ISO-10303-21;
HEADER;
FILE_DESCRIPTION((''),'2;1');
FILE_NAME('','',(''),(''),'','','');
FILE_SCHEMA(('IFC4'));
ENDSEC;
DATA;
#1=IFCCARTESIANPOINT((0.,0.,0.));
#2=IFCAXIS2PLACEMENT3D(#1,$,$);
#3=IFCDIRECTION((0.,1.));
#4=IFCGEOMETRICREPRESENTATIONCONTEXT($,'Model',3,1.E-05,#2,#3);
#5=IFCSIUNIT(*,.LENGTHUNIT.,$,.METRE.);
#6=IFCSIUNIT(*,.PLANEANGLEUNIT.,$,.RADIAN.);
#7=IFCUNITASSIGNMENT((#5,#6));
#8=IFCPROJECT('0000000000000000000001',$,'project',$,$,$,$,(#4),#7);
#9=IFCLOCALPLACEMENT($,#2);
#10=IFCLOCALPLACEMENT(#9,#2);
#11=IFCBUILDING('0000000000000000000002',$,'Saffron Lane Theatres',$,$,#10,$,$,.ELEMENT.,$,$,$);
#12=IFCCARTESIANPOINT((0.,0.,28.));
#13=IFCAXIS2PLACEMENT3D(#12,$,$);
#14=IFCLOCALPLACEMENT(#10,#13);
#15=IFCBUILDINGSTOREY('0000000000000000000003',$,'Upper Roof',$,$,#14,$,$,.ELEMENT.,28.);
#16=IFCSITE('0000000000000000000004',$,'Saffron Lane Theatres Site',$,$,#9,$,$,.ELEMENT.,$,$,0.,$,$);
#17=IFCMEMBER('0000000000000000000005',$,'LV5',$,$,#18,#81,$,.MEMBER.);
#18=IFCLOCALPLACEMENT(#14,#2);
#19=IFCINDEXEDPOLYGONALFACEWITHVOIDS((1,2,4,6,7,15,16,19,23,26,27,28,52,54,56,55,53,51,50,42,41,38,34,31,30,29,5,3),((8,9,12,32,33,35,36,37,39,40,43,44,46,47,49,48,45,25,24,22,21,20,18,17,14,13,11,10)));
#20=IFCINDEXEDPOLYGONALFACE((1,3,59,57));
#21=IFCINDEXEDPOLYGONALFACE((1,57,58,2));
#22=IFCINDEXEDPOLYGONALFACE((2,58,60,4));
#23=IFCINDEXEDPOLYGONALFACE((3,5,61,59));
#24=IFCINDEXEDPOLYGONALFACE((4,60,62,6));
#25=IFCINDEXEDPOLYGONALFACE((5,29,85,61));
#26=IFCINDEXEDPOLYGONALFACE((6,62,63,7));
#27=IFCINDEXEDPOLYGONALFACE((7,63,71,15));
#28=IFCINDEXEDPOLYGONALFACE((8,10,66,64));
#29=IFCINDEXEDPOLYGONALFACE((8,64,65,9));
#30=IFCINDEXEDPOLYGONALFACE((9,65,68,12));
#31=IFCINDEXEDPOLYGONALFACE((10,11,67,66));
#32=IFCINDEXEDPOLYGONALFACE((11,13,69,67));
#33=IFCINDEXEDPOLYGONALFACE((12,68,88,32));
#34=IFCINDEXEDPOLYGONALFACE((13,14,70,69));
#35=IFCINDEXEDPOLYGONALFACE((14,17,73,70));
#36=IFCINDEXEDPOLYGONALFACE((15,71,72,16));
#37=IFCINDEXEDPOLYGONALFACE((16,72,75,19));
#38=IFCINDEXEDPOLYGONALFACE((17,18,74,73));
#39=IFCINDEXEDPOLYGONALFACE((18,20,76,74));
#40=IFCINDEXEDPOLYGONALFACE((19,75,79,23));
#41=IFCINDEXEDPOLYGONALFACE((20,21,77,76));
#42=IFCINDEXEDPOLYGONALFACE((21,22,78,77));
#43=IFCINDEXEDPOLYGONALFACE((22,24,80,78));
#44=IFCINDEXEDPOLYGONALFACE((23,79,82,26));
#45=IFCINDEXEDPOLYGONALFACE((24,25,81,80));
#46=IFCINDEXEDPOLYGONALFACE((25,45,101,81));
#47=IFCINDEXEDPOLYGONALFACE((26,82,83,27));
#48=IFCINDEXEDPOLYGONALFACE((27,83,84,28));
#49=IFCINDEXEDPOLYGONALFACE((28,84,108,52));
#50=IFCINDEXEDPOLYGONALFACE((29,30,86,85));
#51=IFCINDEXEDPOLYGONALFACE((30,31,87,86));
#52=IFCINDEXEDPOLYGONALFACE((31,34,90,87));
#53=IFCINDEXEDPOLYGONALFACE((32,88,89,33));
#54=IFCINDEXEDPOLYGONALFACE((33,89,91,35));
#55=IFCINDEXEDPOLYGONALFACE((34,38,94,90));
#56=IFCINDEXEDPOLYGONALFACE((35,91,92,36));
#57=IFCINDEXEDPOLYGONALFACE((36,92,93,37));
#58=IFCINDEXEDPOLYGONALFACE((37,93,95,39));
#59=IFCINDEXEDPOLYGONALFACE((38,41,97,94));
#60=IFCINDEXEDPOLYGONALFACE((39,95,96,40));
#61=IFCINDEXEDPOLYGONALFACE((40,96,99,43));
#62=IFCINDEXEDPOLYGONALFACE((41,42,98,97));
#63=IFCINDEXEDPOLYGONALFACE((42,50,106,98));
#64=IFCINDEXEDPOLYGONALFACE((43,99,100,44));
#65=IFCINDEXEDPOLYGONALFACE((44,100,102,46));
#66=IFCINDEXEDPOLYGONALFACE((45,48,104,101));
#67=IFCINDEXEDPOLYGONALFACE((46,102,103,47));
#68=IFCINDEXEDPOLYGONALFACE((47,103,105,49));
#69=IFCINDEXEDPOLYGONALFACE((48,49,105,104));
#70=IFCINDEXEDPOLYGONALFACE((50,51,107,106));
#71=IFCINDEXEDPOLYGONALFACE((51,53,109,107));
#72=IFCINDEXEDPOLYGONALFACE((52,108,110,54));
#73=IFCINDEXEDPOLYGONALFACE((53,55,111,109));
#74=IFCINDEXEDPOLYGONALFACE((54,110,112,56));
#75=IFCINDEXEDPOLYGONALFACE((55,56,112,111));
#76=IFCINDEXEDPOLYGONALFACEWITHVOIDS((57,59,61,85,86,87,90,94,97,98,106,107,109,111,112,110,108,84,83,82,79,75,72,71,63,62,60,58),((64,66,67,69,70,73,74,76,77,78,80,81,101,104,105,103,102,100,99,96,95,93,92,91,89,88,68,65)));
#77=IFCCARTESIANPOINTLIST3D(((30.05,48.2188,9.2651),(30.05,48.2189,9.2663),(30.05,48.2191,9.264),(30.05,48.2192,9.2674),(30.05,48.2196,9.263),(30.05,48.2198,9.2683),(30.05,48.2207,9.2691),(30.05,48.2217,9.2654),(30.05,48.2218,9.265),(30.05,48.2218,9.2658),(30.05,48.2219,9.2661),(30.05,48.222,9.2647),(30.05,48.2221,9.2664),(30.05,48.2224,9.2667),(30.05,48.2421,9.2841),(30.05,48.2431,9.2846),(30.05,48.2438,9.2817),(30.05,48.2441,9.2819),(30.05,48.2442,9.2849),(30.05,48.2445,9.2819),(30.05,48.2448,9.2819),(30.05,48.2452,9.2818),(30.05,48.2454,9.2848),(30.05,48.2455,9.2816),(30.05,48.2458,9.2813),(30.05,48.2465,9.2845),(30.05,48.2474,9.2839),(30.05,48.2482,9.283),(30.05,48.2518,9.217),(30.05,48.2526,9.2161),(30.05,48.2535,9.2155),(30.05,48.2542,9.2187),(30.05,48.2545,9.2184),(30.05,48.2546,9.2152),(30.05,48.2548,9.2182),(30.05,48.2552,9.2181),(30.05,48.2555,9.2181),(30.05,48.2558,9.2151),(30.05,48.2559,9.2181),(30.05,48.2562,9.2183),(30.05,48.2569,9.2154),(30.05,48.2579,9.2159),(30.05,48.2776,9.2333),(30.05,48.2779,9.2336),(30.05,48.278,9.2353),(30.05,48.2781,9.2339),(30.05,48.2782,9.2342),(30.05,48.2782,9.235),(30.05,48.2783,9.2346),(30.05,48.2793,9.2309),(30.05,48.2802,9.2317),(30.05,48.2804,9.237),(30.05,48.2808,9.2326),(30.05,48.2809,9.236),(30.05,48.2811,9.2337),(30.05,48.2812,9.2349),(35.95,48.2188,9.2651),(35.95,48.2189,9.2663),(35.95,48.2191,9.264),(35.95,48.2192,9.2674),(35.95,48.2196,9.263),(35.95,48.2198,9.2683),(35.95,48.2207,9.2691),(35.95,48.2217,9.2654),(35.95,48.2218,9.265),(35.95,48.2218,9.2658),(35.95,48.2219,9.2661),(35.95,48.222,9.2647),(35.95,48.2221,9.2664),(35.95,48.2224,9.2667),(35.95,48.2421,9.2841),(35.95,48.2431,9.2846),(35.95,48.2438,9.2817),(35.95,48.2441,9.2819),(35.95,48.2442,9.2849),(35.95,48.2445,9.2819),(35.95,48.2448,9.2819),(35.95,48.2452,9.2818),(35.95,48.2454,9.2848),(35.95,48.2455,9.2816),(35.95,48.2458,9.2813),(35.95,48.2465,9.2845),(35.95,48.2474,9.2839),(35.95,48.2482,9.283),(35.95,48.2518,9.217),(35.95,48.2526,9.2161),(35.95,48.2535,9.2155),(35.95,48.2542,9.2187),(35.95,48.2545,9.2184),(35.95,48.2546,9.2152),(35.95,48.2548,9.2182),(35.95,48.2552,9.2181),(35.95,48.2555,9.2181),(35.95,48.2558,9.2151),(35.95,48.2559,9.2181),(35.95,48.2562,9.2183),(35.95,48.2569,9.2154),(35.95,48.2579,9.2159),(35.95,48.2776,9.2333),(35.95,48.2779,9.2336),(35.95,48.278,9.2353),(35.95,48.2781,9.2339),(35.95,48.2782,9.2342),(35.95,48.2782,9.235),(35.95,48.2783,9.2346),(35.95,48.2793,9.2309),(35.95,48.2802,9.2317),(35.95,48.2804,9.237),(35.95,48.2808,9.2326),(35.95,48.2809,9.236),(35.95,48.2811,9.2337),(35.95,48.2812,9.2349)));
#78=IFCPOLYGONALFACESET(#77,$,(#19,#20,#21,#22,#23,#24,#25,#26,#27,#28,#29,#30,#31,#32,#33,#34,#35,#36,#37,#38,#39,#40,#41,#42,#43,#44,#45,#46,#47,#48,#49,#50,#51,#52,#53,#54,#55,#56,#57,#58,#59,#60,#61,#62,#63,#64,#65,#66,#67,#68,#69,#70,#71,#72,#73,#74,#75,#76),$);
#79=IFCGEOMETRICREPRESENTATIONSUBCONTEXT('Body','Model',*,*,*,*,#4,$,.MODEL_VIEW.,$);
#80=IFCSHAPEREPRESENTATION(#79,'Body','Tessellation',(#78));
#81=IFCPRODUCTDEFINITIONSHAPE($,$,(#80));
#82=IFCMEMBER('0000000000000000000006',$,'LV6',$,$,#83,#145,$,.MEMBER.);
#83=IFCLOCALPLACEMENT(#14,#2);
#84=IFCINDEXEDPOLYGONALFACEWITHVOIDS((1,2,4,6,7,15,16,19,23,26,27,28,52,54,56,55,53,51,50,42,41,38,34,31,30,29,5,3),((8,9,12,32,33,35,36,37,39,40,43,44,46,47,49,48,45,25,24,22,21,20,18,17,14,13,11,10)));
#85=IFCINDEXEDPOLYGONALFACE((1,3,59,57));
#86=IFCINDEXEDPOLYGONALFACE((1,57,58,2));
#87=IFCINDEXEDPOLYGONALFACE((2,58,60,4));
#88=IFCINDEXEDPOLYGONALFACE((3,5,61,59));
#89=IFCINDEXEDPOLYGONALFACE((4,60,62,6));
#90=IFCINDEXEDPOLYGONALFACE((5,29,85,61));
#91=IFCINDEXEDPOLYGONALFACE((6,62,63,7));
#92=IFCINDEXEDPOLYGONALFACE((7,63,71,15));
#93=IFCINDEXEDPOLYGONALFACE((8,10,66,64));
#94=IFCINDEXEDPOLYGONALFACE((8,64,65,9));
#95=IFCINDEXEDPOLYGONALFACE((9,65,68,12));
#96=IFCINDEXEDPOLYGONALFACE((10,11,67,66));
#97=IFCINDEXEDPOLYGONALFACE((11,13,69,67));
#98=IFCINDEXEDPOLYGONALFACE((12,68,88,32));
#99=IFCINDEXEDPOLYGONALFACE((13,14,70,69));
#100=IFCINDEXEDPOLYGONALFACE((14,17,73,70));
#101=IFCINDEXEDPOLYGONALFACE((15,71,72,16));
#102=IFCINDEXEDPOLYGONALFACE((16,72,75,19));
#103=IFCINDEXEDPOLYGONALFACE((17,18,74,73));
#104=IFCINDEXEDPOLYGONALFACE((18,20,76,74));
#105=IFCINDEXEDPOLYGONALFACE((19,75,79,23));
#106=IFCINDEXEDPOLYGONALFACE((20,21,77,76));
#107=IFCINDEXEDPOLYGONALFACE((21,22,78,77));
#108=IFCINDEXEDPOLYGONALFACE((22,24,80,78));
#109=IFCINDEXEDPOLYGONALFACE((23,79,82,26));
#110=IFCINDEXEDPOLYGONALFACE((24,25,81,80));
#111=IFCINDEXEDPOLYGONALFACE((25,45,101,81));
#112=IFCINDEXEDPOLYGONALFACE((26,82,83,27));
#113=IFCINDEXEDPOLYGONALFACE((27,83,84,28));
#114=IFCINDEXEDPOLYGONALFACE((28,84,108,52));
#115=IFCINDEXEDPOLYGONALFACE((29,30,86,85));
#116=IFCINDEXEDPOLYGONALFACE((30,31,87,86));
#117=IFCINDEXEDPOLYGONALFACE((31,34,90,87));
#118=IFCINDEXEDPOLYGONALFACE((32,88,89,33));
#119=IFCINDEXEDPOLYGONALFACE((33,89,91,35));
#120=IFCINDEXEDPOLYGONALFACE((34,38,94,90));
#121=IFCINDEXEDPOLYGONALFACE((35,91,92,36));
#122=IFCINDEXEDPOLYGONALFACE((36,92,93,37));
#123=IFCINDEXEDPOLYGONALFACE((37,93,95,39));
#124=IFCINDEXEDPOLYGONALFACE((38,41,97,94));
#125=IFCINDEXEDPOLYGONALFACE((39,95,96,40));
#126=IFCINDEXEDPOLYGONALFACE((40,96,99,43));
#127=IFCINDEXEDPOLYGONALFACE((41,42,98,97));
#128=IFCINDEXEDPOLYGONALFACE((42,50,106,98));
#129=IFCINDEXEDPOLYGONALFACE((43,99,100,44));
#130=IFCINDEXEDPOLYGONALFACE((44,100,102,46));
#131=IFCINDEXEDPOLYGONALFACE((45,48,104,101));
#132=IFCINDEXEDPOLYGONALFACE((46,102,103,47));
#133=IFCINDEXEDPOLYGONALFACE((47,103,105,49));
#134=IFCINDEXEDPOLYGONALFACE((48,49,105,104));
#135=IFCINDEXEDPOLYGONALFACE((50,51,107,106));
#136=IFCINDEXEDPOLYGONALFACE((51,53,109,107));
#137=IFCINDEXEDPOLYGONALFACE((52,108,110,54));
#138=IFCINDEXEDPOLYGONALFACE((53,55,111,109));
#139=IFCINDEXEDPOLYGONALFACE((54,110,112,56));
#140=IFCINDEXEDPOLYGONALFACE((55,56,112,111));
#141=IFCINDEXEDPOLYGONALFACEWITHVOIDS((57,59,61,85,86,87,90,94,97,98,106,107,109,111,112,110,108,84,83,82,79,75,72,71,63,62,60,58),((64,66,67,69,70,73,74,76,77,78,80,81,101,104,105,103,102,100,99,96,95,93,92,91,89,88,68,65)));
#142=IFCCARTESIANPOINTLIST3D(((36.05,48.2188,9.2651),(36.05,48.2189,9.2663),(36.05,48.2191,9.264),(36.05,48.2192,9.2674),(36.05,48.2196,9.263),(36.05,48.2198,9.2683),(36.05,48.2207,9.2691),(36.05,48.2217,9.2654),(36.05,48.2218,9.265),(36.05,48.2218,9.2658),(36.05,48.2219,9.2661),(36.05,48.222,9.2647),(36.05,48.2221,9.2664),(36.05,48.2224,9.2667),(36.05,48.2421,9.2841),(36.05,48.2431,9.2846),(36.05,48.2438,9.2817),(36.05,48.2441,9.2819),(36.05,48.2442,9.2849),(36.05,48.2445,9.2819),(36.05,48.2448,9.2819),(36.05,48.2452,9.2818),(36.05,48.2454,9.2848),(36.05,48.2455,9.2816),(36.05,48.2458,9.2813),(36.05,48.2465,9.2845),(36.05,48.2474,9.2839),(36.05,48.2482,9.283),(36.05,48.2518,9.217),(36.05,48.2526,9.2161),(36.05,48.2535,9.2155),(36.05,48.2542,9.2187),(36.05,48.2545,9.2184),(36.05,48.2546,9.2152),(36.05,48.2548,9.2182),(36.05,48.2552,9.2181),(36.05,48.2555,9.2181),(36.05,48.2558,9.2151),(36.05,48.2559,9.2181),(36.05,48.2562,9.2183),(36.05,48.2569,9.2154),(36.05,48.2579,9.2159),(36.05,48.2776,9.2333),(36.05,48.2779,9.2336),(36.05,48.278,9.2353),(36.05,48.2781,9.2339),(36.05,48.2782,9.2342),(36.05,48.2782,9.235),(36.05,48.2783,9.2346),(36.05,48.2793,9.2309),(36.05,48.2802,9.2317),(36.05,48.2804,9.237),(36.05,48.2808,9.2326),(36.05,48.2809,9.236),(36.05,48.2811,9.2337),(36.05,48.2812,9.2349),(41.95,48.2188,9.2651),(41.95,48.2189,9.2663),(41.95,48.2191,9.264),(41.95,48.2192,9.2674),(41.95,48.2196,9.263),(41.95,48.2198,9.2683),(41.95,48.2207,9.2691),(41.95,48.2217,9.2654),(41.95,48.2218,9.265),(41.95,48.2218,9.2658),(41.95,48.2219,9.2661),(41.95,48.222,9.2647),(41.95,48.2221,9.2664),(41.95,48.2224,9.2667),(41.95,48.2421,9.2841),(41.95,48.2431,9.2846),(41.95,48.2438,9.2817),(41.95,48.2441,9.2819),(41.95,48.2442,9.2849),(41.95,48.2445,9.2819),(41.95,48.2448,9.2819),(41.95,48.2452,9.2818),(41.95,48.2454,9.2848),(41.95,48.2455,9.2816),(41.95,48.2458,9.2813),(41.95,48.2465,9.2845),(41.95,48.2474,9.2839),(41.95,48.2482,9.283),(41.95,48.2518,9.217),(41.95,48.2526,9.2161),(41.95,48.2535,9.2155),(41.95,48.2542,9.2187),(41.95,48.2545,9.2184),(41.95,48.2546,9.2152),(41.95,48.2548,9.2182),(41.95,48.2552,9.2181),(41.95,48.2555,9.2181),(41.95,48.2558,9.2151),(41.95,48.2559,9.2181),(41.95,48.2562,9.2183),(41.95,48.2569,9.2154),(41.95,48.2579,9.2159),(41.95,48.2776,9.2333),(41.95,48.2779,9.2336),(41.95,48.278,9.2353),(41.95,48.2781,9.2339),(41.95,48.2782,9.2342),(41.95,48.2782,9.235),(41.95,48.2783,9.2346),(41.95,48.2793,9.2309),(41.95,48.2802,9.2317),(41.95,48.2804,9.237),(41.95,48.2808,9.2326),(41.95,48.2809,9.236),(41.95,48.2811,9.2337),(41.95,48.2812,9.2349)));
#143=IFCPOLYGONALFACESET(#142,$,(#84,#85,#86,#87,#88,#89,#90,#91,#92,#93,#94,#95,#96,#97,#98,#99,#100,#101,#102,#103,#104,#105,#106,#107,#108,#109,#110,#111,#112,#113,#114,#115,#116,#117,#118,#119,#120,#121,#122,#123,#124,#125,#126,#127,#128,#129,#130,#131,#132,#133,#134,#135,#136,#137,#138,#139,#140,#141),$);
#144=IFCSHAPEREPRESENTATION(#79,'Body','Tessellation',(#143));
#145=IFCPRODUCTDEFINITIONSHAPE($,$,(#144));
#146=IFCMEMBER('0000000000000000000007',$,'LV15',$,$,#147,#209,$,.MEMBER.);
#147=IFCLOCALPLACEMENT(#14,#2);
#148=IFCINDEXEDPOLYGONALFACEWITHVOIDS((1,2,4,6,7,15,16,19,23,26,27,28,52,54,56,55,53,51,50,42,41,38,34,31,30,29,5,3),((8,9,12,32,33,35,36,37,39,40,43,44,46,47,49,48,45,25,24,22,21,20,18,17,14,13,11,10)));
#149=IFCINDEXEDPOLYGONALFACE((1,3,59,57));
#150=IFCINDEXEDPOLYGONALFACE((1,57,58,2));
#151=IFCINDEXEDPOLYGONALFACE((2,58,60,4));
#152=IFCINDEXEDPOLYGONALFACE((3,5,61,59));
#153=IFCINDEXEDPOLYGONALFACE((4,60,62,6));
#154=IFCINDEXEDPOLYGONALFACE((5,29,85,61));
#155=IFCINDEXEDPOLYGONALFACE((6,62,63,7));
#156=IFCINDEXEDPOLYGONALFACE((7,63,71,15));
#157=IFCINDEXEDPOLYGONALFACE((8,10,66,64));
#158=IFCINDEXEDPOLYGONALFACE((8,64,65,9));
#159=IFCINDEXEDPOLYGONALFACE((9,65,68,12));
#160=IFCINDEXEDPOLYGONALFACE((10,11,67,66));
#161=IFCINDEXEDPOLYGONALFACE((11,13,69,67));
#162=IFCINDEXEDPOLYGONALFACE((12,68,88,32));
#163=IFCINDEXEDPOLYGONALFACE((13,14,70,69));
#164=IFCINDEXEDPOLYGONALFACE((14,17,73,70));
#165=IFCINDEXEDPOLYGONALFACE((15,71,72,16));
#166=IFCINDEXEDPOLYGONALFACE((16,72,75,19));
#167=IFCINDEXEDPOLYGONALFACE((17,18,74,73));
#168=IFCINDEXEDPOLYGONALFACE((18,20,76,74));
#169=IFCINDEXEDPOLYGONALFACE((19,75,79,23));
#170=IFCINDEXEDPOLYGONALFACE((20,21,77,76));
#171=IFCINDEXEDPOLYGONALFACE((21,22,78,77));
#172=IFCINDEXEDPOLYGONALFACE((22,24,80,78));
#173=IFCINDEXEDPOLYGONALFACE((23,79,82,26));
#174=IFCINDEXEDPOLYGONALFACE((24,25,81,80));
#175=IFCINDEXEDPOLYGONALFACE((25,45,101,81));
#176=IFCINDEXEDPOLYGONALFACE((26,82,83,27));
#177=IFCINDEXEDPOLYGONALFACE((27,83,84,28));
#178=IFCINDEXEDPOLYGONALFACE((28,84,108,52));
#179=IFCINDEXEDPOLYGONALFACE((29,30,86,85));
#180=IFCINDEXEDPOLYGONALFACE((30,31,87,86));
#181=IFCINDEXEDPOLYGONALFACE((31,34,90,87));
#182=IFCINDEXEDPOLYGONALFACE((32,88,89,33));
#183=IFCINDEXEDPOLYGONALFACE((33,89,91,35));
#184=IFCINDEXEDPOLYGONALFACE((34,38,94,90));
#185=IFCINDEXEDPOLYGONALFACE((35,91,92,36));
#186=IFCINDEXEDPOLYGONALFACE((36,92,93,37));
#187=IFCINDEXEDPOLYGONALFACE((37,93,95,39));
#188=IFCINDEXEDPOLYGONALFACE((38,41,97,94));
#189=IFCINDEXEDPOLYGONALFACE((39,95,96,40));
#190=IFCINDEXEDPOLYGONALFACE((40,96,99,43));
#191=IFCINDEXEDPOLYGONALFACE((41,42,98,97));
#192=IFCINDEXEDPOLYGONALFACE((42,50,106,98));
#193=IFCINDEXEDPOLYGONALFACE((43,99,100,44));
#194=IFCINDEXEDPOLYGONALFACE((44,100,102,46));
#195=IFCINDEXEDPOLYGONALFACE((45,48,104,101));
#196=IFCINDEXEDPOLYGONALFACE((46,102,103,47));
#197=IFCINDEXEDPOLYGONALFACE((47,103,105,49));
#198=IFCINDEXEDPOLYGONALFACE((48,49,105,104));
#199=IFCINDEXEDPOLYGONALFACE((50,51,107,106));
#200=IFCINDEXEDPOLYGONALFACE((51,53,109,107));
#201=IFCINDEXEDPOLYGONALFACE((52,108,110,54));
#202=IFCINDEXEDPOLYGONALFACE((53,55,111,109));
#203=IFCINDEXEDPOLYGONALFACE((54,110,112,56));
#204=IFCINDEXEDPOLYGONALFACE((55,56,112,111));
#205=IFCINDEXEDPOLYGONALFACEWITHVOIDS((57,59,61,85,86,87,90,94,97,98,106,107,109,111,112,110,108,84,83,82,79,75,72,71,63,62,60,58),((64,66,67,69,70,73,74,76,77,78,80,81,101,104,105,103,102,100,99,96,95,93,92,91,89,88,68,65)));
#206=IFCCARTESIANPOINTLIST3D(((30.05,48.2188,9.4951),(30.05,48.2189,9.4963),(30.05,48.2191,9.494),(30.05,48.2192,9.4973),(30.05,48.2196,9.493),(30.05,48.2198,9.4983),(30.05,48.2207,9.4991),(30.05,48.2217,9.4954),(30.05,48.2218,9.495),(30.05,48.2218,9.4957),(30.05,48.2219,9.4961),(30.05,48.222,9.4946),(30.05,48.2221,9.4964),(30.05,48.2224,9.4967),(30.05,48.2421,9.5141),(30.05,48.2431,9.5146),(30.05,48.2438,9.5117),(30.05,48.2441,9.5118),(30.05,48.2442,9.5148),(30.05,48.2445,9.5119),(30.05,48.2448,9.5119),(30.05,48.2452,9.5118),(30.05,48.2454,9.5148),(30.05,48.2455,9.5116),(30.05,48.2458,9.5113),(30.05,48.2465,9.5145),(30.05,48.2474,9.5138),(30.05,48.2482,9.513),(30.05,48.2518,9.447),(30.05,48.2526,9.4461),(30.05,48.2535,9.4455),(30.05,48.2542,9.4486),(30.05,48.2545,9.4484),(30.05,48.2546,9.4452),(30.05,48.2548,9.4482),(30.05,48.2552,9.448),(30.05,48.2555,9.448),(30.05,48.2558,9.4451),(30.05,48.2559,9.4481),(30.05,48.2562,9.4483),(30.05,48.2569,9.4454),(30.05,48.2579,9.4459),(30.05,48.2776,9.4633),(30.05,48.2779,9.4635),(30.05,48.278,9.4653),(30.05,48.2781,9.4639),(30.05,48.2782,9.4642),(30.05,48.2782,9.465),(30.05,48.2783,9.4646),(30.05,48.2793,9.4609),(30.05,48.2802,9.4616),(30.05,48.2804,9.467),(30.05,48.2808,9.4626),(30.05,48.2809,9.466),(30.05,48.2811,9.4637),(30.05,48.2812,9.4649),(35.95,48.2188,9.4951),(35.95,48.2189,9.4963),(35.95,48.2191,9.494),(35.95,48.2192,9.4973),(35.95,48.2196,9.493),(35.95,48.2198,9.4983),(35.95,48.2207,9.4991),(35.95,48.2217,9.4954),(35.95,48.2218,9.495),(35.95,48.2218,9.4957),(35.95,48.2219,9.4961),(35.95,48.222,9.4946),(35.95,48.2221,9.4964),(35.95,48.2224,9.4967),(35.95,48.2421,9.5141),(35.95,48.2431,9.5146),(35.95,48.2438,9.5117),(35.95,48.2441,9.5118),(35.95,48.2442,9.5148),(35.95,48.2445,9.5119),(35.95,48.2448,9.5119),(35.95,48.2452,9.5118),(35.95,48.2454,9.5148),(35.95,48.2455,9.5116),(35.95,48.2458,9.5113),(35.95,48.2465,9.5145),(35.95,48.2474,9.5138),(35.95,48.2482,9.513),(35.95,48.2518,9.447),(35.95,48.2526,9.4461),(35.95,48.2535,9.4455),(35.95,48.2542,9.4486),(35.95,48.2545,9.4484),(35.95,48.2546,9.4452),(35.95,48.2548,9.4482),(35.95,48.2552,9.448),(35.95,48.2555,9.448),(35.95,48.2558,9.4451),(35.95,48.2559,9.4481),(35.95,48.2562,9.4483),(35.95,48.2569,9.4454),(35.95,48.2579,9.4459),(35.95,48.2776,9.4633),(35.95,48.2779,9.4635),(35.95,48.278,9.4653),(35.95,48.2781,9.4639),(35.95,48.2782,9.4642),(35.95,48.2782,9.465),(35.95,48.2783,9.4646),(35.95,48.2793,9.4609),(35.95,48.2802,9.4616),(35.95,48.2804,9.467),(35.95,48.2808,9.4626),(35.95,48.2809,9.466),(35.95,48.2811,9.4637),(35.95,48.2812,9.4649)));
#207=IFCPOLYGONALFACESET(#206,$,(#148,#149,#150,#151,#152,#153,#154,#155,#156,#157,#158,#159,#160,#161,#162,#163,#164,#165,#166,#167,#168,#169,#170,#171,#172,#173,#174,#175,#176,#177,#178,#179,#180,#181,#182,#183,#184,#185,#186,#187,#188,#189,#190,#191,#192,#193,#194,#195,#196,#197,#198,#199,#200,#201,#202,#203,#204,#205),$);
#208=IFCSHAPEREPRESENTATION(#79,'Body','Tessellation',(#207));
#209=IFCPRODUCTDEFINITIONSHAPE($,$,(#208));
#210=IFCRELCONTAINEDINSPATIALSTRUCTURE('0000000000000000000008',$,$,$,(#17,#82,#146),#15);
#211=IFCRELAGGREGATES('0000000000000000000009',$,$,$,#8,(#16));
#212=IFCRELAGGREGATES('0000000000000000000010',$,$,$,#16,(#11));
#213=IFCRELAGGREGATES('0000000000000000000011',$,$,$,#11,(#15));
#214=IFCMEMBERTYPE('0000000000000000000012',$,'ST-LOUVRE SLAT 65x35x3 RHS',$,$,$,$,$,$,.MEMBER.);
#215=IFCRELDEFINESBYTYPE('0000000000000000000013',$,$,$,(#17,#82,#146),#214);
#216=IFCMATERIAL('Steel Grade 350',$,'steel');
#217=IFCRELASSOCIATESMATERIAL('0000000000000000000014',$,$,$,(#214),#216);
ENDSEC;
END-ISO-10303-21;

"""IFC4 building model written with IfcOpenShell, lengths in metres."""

from ifc_helpers import new_model, si_unit, direction, frame, origin, origin_2d, place, context, subcontext, project, spatial, hollow_rectangle, extrude, material, material_profile, profile_set, type_object, element, save


model = new_model("IFC4")

# Units and contexts
model_context = context("Model", 3, precision=1e-05, world=origin(), true_north=direction((0.0, 1.0)))
body_context = subcontext(model_context, "Body", "Model", "MODEL_VIEW")
ifc_project = project(units=[si_unit("LENGTHUNIT", "METRE"), si_unit("PLANEANGLEUNIT", "RADIAN")], contexts=[model_context])

# Site, building, storey
site_placement = place(None, origin())
site = spatial("IfcSite", under=ifc_project, at=site_placement, Name="Saffron Lane Theatres Site", CompositionType="ELEMENT", RefElevation=0.0)
building_placement = place(site_placement, origin())
building = spatial("IfcBuilding", under=site, at=building_placement, Name="Saffron Lane Theatres", CompositionType="ELEMENT")
storey_placement = place(building_placement, frame((0.0, 0.0, 28.0)))
storey = spatial("IfcBuildingStorey", under=building, at=storey_placement, Name="Upper Roof", CompositionType="ELEMENT", Elevation=28.0)

# Members
ifc_material_1 = material(Name="Steel Grade 350", Category="steel")
ifc_material_profile_1 = material_profile(ifc_material_1, hollow_rectangle(XDim=0.0349, YDim=0.0649, WallThickness=0.0029, InnerFilletRadius=0.0015, OuterFilletRadius=0.0044, at=origin_2d()))
ifc_profile_set_1 = profile_set([ifc_material_profile_1], Name="Steel Grade 350")
member_type_1 = type_object("IfcMemberType", Name="ST-LOUVRE SLAT 65x35x3 RHS", PredefinedType="MEMBER", material=ifc_profile_set_1)
for number, where, z_axis, x_axis, name in (
    (1, (30.05, 48.25, 9.25), (1.0, 0.0, 0.0), (0.0, 0.819152, 0.573576), "LV5"),
    (2, (36.05, 48.25, 9.25), (1.0, 0.0, 0.0), (0.0, 0.819152, 0.573576), "LV6"),
    (3, (30.05, 48.25, 9.48), (1.0, 0.0, 0.0), (0.0, 0.819152, 0.573576), "LV15"),
):
    element("IfcMember", number, at=place(storey_placement, frame(where, z_axis=z_axis, x_axis=x_axis)), inside=storey, type_object=member_type_1, Name=name, PredefinedType="MEMBER", context=body_context, shape_type="SweptSolid", body=[
        extrude(hollow_rectangle(XDim=0.0349, YDim=0.0649, WallThickness=0.0029, InnerFilletRadius=0.0015, OuterFilletRadius=0.0044, at=origin_2d()), origin(), (0.0, 0.0, 1.0), 5.8999),
    ])

save(model, "model.ifc")
